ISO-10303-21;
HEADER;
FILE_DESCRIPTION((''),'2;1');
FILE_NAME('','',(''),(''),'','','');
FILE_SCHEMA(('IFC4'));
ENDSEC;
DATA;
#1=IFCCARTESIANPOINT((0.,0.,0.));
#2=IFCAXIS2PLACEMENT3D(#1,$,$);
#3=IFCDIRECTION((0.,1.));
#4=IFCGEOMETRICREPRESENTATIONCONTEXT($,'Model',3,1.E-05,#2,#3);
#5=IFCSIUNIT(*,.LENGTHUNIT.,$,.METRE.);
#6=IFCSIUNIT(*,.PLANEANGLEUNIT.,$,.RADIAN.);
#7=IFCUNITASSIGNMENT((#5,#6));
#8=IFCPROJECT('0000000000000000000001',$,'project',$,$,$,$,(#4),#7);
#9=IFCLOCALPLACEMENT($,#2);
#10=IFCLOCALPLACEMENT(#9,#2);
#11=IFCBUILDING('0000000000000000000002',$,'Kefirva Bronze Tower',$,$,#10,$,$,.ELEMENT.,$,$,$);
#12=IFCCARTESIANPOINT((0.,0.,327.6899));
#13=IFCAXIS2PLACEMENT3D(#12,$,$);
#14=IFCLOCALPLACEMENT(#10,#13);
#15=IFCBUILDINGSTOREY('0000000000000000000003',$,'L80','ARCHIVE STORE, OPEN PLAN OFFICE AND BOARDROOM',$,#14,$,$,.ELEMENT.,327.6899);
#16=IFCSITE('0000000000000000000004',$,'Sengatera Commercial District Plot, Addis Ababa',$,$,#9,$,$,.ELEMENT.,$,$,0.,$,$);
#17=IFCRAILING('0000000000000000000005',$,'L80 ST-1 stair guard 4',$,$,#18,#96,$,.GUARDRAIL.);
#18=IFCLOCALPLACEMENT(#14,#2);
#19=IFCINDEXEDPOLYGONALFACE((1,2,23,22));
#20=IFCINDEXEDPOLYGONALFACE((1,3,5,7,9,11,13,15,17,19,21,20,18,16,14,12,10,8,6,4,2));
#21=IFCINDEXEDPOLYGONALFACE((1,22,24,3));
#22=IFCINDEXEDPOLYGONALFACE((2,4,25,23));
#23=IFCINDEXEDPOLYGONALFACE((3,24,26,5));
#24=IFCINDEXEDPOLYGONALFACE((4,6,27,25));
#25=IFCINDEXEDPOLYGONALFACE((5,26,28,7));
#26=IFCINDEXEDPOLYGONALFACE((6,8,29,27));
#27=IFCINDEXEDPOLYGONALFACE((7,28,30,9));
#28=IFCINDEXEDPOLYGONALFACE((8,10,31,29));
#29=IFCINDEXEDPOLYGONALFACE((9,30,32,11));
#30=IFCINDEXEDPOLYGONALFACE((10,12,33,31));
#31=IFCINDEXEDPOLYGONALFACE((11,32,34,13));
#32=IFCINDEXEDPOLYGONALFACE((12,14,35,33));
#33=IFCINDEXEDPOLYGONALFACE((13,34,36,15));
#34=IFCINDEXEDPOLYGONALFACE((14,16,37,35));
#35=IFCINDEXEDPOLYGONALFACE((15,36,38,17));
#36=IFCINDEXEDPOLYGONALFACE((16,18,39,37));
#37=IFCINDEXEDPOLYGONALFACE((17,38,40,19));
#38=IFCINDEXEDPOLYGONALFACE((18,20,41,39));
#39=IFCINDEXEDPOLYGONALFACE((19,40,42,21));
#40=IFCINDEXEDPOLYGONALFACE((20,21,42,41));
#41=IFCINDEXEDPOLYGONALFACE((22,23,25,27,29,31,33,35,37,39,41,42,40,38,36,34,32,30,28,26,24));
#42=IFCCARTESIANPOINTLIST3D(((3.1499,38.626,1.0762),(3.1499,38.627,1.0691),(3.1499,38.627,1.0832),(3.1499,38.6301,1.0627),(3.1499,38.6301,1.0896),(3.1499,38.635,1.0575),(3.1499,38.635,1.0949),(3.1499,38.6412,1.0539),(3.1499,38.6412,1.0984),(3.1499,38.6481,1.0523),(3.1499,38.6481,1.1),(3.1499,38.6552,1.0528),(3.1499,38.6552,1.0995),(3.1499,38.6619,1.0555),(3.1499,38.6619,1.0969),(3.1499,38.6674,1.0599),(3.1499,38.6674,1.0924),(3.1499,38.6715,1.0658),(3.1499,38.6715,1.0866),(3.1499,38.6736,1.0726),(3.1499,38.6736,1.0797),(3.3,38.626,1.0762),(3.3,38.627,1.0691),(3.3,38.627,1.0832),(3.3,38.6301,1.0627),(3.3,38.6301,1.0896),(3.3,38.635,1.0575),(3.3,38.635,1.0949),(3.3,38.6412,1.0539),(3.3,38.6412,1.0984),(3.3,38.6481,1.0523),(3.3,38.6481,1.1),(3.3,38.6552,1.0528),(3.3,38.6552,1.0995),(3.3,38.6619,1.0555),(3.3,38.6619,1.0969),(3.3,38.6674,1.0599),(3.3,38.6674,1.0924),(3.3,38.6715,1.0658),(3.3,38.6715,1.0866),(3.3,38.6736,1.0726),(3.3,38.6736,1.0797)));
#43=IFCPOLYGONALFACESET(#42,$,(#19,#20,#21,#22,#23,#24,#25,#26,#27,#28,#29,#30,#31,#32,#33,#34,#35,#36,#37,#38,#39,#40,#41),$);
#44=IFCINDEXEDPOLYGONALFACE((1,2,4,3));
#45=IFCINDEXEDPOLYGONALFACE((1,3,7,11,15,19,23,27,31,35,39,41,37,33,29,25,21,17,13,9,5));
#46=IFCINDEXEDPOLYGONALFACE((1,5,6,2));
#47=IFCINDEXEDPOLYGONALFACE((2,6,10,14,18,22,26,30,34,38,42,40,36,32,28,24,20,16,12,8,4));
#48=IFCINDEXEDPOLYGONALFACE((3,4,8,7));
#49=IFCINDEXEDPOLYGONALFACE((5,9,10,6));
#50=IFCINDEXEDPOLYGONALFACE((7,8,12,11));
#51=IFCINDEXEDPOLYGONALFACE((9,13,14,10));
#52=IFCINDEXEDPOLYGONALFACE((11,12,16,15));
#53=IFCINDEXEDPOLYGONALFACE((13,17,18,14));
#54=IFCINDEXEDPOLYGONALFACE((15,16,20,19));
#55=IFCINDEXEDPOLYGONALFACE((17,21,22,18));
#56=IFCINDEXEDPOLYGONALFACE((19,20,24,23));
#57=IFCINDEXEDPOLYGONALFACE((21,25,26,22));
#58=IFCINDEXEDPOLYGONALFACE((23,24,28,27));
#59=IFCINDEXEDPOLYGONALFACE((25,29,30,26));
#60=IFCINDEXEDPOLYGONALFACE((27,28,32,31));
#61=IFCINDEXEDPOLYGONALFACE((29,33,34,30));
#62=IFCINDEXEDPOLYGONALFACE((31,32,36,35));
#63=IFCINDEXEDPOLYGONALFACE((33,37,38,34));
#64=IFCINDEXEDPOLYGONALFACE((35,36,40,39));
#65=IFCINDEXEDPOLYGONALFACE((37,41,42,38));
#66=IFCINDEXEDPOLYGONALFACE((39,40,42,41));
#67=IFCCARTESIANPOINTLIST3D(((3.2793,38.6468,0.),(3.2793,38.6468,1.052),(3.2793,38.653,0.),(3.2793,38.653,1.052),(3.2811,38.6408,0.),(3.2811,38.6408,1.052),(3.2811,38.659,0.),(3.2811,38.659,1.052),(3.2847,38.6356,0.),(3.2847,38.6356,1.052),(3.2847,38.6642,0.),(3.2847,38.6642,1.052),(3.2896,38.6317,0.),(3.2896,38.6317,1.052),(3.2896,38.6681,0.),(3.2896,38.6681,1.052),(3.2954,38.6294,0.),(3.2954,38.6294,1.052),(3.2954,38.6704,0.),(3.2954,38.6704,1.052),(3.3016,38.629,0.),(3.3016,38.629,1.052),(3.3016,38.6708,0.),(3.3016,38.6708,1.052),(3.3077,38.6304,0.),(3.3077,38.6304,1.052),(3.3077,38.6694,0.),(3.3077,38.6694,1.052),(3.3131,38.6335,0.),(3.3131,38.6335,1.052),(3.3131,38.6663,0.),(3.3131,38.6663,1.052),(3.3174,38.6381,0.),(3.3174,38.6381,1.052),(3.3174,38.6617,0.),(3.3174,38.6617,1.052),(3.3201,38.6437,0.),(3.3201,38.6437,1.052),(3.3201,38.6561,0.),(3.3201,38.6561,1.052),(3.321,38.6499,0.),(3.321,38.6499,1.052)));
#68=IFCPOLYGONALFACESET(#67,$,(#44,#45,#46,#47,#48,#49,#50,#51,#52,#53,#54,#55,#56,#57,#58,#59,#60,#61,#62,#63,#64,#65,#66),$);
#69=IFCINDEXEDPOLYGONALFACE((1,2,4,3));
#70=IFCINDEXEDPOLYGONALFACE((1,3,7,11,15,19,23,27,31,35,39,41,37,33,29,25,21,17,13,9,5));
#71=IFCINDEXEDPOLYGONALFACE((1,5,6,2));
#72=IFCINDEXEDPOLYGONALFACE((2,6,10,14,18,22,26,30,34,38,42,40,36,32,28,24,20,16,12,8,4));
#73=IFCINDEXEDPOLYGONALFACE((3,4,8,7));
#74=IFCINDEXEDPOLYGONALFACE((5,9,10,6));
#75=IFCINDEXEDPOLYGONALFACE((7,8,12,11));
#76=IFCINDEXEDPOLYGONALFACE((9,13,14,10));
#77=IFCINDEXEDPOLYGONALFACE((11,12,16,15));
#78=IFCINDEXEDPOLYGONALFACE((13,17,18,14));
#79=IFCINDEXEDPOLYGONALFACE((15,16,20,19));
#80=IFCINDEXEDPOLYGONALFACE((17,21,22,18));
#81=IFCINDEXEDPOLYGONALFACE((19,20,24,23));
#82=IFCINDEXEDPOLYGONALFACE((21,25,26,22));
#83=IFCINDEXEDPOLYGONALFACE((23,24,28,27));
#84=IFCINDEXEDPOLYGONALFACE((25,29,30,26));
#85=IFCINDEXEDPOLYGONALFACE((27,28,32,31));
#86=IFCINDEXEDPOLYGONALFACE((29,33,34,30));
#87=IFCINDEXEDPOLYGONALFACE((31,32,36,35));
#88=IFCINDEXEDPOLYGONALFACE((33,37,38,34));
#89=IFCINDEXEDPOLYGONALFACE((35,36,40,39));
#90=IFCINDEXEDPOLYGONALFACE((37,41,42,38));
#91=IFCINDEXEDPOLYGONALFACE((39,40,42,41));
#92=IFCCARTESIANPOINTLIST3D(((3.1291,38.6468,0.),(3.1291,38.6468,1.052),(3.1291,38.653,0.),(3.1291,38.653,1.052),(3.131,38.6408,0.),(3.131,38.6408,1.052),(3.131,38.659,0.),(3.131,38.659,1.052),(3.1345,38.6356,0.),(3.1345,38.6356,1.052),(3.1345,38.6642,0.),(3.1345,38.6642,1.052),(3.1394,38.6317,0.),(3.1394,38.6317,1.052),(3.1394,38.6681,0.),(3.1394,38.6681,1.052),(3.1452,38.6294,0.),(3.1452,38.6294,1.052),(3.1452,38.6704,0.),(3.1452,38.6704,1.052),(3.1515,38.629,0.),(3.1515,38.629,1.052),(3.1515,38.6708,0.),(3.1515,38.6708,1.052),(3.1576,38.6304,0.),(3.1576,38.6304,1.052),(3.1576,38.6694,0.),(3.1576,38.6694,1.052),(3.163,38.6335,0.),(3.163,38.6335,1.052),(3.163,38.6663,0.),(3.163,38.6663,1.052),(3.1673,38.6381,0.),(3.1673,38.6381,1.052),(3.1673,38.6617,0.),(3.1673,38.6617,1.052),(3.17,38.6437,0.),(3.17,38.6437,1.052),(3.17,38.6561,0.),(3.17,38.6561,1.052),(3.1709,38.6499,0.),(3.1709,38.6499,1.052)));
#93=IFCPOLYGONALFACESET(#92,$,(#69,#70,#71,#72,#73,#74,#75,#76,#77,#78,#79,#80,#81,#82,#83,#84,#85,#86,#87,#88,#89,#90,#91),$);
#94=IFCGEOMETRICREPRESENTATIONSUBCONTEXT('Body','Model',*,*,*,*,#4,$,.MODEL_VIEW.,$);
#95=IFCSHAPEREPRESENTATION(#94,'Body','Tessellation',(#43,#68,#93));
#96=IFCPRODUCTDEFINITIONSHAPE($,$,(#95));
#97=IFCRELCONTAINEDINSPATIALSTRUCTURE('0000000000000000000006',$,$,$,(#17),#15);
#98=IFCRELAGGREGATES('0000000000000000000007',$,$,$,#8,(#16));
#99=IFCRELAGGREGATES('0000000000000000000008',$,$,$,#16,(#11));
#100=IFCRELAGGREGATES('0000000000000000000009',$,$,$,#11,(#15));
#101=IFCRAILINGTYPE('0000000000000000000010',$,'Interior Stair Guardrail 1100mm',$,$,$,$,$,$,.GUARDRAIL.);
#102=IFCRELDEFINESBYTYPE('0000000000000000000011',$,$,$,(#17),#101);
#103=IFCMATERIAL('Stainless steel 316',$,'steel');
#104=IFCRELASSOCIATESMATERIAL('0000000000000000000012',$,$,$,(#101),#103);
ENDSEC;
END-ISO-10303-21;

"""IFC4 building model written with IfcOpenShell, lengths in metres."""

from ifc_helpers import new_model, si_unit, direction, frame, origin, origin_2d, place, context, subcontext, project, spatial, circle, extrude, material, type_object, element, save


model = new_model("IFC4")

# Units and contexts
model_context = context("Model", 3, precision=1e-05, world=origin(), true_north=direction((0.0, 1.0)))
body_context = subcontext(model_context, "Body", "Model", "MODEL_VIEW")
ifc_project = project(units=[si_unit("LENGTHUNIT", "METRE"), si_unit("PLANEANGLEUNIT", "RADIAN")], contexts=[model_context])

# Site, building, storey
site_placement = place(None, origin())
site = spatial("IfcSite", under=ifc_project, at=site_placement, Name="Sengatera Commercial District Plot, Addis Ababa", CompositionType="ELEMENT", RefElevation=0.0)
building_placement = place(site_placement, origin())
building = spatial("IfcBuilding", under=site, at=building_placement, Name="Kefirva Bronze Tower", CompositionType="ELEMENT")
storey_placement = place(building_placement, frame((0.0, 0.0, 327.6899)))
storey = spatial("IfcBuildingStorey", under=building, at=storey_placement, Name="L80", Description="ARCHIVE STORE, OPEN PLAN OFFICE AND BOARDROOM", CompositionType="ELEMENT", Elevation=327.6899)

# Railing
ifc_material_1 = material(Name="Stainless steel 316", Category="steel")
railing_type_1 = type_object("IfcRailingType", Name="Interior Stair Guardrail 1100mm", PredefinedType="GUARDRAIL", material=ifc_material_1)
railing_1_placement = place(storey_placement, frame((3.3, 38.6499, 0.0)))
element("IfcRailing", 1, at=railing_1_placement, inside=storey, type_object=railing_type_1, Name="L80 ST-1 stair guard 4", PredefinedType="GUARDRAIL", context=body_context, shape_type="SweptSolid", body=[
    extrude(circle(Radius=0.0239, at=origin_2d()), frame((0.0, 0.0, 1.0762), z_axis=(-1.0, 0.0, 0.0), x_axis=(0.0, -1.0, 0.0)), (0.0, 0.0, 1.0), 0.1501),
    extrude(circle(Radius=0.021, at=origin_2d()), origin(), (0.0, 0.0, 1.0), 1.052),
    extrude(circle(Radius=0.021, at=origin_2d()), frame((-0.1501, 0.0, 0.0)), (0.0, 0.0, 1.0), 1.052),
])

save(model, "model.ifc")
